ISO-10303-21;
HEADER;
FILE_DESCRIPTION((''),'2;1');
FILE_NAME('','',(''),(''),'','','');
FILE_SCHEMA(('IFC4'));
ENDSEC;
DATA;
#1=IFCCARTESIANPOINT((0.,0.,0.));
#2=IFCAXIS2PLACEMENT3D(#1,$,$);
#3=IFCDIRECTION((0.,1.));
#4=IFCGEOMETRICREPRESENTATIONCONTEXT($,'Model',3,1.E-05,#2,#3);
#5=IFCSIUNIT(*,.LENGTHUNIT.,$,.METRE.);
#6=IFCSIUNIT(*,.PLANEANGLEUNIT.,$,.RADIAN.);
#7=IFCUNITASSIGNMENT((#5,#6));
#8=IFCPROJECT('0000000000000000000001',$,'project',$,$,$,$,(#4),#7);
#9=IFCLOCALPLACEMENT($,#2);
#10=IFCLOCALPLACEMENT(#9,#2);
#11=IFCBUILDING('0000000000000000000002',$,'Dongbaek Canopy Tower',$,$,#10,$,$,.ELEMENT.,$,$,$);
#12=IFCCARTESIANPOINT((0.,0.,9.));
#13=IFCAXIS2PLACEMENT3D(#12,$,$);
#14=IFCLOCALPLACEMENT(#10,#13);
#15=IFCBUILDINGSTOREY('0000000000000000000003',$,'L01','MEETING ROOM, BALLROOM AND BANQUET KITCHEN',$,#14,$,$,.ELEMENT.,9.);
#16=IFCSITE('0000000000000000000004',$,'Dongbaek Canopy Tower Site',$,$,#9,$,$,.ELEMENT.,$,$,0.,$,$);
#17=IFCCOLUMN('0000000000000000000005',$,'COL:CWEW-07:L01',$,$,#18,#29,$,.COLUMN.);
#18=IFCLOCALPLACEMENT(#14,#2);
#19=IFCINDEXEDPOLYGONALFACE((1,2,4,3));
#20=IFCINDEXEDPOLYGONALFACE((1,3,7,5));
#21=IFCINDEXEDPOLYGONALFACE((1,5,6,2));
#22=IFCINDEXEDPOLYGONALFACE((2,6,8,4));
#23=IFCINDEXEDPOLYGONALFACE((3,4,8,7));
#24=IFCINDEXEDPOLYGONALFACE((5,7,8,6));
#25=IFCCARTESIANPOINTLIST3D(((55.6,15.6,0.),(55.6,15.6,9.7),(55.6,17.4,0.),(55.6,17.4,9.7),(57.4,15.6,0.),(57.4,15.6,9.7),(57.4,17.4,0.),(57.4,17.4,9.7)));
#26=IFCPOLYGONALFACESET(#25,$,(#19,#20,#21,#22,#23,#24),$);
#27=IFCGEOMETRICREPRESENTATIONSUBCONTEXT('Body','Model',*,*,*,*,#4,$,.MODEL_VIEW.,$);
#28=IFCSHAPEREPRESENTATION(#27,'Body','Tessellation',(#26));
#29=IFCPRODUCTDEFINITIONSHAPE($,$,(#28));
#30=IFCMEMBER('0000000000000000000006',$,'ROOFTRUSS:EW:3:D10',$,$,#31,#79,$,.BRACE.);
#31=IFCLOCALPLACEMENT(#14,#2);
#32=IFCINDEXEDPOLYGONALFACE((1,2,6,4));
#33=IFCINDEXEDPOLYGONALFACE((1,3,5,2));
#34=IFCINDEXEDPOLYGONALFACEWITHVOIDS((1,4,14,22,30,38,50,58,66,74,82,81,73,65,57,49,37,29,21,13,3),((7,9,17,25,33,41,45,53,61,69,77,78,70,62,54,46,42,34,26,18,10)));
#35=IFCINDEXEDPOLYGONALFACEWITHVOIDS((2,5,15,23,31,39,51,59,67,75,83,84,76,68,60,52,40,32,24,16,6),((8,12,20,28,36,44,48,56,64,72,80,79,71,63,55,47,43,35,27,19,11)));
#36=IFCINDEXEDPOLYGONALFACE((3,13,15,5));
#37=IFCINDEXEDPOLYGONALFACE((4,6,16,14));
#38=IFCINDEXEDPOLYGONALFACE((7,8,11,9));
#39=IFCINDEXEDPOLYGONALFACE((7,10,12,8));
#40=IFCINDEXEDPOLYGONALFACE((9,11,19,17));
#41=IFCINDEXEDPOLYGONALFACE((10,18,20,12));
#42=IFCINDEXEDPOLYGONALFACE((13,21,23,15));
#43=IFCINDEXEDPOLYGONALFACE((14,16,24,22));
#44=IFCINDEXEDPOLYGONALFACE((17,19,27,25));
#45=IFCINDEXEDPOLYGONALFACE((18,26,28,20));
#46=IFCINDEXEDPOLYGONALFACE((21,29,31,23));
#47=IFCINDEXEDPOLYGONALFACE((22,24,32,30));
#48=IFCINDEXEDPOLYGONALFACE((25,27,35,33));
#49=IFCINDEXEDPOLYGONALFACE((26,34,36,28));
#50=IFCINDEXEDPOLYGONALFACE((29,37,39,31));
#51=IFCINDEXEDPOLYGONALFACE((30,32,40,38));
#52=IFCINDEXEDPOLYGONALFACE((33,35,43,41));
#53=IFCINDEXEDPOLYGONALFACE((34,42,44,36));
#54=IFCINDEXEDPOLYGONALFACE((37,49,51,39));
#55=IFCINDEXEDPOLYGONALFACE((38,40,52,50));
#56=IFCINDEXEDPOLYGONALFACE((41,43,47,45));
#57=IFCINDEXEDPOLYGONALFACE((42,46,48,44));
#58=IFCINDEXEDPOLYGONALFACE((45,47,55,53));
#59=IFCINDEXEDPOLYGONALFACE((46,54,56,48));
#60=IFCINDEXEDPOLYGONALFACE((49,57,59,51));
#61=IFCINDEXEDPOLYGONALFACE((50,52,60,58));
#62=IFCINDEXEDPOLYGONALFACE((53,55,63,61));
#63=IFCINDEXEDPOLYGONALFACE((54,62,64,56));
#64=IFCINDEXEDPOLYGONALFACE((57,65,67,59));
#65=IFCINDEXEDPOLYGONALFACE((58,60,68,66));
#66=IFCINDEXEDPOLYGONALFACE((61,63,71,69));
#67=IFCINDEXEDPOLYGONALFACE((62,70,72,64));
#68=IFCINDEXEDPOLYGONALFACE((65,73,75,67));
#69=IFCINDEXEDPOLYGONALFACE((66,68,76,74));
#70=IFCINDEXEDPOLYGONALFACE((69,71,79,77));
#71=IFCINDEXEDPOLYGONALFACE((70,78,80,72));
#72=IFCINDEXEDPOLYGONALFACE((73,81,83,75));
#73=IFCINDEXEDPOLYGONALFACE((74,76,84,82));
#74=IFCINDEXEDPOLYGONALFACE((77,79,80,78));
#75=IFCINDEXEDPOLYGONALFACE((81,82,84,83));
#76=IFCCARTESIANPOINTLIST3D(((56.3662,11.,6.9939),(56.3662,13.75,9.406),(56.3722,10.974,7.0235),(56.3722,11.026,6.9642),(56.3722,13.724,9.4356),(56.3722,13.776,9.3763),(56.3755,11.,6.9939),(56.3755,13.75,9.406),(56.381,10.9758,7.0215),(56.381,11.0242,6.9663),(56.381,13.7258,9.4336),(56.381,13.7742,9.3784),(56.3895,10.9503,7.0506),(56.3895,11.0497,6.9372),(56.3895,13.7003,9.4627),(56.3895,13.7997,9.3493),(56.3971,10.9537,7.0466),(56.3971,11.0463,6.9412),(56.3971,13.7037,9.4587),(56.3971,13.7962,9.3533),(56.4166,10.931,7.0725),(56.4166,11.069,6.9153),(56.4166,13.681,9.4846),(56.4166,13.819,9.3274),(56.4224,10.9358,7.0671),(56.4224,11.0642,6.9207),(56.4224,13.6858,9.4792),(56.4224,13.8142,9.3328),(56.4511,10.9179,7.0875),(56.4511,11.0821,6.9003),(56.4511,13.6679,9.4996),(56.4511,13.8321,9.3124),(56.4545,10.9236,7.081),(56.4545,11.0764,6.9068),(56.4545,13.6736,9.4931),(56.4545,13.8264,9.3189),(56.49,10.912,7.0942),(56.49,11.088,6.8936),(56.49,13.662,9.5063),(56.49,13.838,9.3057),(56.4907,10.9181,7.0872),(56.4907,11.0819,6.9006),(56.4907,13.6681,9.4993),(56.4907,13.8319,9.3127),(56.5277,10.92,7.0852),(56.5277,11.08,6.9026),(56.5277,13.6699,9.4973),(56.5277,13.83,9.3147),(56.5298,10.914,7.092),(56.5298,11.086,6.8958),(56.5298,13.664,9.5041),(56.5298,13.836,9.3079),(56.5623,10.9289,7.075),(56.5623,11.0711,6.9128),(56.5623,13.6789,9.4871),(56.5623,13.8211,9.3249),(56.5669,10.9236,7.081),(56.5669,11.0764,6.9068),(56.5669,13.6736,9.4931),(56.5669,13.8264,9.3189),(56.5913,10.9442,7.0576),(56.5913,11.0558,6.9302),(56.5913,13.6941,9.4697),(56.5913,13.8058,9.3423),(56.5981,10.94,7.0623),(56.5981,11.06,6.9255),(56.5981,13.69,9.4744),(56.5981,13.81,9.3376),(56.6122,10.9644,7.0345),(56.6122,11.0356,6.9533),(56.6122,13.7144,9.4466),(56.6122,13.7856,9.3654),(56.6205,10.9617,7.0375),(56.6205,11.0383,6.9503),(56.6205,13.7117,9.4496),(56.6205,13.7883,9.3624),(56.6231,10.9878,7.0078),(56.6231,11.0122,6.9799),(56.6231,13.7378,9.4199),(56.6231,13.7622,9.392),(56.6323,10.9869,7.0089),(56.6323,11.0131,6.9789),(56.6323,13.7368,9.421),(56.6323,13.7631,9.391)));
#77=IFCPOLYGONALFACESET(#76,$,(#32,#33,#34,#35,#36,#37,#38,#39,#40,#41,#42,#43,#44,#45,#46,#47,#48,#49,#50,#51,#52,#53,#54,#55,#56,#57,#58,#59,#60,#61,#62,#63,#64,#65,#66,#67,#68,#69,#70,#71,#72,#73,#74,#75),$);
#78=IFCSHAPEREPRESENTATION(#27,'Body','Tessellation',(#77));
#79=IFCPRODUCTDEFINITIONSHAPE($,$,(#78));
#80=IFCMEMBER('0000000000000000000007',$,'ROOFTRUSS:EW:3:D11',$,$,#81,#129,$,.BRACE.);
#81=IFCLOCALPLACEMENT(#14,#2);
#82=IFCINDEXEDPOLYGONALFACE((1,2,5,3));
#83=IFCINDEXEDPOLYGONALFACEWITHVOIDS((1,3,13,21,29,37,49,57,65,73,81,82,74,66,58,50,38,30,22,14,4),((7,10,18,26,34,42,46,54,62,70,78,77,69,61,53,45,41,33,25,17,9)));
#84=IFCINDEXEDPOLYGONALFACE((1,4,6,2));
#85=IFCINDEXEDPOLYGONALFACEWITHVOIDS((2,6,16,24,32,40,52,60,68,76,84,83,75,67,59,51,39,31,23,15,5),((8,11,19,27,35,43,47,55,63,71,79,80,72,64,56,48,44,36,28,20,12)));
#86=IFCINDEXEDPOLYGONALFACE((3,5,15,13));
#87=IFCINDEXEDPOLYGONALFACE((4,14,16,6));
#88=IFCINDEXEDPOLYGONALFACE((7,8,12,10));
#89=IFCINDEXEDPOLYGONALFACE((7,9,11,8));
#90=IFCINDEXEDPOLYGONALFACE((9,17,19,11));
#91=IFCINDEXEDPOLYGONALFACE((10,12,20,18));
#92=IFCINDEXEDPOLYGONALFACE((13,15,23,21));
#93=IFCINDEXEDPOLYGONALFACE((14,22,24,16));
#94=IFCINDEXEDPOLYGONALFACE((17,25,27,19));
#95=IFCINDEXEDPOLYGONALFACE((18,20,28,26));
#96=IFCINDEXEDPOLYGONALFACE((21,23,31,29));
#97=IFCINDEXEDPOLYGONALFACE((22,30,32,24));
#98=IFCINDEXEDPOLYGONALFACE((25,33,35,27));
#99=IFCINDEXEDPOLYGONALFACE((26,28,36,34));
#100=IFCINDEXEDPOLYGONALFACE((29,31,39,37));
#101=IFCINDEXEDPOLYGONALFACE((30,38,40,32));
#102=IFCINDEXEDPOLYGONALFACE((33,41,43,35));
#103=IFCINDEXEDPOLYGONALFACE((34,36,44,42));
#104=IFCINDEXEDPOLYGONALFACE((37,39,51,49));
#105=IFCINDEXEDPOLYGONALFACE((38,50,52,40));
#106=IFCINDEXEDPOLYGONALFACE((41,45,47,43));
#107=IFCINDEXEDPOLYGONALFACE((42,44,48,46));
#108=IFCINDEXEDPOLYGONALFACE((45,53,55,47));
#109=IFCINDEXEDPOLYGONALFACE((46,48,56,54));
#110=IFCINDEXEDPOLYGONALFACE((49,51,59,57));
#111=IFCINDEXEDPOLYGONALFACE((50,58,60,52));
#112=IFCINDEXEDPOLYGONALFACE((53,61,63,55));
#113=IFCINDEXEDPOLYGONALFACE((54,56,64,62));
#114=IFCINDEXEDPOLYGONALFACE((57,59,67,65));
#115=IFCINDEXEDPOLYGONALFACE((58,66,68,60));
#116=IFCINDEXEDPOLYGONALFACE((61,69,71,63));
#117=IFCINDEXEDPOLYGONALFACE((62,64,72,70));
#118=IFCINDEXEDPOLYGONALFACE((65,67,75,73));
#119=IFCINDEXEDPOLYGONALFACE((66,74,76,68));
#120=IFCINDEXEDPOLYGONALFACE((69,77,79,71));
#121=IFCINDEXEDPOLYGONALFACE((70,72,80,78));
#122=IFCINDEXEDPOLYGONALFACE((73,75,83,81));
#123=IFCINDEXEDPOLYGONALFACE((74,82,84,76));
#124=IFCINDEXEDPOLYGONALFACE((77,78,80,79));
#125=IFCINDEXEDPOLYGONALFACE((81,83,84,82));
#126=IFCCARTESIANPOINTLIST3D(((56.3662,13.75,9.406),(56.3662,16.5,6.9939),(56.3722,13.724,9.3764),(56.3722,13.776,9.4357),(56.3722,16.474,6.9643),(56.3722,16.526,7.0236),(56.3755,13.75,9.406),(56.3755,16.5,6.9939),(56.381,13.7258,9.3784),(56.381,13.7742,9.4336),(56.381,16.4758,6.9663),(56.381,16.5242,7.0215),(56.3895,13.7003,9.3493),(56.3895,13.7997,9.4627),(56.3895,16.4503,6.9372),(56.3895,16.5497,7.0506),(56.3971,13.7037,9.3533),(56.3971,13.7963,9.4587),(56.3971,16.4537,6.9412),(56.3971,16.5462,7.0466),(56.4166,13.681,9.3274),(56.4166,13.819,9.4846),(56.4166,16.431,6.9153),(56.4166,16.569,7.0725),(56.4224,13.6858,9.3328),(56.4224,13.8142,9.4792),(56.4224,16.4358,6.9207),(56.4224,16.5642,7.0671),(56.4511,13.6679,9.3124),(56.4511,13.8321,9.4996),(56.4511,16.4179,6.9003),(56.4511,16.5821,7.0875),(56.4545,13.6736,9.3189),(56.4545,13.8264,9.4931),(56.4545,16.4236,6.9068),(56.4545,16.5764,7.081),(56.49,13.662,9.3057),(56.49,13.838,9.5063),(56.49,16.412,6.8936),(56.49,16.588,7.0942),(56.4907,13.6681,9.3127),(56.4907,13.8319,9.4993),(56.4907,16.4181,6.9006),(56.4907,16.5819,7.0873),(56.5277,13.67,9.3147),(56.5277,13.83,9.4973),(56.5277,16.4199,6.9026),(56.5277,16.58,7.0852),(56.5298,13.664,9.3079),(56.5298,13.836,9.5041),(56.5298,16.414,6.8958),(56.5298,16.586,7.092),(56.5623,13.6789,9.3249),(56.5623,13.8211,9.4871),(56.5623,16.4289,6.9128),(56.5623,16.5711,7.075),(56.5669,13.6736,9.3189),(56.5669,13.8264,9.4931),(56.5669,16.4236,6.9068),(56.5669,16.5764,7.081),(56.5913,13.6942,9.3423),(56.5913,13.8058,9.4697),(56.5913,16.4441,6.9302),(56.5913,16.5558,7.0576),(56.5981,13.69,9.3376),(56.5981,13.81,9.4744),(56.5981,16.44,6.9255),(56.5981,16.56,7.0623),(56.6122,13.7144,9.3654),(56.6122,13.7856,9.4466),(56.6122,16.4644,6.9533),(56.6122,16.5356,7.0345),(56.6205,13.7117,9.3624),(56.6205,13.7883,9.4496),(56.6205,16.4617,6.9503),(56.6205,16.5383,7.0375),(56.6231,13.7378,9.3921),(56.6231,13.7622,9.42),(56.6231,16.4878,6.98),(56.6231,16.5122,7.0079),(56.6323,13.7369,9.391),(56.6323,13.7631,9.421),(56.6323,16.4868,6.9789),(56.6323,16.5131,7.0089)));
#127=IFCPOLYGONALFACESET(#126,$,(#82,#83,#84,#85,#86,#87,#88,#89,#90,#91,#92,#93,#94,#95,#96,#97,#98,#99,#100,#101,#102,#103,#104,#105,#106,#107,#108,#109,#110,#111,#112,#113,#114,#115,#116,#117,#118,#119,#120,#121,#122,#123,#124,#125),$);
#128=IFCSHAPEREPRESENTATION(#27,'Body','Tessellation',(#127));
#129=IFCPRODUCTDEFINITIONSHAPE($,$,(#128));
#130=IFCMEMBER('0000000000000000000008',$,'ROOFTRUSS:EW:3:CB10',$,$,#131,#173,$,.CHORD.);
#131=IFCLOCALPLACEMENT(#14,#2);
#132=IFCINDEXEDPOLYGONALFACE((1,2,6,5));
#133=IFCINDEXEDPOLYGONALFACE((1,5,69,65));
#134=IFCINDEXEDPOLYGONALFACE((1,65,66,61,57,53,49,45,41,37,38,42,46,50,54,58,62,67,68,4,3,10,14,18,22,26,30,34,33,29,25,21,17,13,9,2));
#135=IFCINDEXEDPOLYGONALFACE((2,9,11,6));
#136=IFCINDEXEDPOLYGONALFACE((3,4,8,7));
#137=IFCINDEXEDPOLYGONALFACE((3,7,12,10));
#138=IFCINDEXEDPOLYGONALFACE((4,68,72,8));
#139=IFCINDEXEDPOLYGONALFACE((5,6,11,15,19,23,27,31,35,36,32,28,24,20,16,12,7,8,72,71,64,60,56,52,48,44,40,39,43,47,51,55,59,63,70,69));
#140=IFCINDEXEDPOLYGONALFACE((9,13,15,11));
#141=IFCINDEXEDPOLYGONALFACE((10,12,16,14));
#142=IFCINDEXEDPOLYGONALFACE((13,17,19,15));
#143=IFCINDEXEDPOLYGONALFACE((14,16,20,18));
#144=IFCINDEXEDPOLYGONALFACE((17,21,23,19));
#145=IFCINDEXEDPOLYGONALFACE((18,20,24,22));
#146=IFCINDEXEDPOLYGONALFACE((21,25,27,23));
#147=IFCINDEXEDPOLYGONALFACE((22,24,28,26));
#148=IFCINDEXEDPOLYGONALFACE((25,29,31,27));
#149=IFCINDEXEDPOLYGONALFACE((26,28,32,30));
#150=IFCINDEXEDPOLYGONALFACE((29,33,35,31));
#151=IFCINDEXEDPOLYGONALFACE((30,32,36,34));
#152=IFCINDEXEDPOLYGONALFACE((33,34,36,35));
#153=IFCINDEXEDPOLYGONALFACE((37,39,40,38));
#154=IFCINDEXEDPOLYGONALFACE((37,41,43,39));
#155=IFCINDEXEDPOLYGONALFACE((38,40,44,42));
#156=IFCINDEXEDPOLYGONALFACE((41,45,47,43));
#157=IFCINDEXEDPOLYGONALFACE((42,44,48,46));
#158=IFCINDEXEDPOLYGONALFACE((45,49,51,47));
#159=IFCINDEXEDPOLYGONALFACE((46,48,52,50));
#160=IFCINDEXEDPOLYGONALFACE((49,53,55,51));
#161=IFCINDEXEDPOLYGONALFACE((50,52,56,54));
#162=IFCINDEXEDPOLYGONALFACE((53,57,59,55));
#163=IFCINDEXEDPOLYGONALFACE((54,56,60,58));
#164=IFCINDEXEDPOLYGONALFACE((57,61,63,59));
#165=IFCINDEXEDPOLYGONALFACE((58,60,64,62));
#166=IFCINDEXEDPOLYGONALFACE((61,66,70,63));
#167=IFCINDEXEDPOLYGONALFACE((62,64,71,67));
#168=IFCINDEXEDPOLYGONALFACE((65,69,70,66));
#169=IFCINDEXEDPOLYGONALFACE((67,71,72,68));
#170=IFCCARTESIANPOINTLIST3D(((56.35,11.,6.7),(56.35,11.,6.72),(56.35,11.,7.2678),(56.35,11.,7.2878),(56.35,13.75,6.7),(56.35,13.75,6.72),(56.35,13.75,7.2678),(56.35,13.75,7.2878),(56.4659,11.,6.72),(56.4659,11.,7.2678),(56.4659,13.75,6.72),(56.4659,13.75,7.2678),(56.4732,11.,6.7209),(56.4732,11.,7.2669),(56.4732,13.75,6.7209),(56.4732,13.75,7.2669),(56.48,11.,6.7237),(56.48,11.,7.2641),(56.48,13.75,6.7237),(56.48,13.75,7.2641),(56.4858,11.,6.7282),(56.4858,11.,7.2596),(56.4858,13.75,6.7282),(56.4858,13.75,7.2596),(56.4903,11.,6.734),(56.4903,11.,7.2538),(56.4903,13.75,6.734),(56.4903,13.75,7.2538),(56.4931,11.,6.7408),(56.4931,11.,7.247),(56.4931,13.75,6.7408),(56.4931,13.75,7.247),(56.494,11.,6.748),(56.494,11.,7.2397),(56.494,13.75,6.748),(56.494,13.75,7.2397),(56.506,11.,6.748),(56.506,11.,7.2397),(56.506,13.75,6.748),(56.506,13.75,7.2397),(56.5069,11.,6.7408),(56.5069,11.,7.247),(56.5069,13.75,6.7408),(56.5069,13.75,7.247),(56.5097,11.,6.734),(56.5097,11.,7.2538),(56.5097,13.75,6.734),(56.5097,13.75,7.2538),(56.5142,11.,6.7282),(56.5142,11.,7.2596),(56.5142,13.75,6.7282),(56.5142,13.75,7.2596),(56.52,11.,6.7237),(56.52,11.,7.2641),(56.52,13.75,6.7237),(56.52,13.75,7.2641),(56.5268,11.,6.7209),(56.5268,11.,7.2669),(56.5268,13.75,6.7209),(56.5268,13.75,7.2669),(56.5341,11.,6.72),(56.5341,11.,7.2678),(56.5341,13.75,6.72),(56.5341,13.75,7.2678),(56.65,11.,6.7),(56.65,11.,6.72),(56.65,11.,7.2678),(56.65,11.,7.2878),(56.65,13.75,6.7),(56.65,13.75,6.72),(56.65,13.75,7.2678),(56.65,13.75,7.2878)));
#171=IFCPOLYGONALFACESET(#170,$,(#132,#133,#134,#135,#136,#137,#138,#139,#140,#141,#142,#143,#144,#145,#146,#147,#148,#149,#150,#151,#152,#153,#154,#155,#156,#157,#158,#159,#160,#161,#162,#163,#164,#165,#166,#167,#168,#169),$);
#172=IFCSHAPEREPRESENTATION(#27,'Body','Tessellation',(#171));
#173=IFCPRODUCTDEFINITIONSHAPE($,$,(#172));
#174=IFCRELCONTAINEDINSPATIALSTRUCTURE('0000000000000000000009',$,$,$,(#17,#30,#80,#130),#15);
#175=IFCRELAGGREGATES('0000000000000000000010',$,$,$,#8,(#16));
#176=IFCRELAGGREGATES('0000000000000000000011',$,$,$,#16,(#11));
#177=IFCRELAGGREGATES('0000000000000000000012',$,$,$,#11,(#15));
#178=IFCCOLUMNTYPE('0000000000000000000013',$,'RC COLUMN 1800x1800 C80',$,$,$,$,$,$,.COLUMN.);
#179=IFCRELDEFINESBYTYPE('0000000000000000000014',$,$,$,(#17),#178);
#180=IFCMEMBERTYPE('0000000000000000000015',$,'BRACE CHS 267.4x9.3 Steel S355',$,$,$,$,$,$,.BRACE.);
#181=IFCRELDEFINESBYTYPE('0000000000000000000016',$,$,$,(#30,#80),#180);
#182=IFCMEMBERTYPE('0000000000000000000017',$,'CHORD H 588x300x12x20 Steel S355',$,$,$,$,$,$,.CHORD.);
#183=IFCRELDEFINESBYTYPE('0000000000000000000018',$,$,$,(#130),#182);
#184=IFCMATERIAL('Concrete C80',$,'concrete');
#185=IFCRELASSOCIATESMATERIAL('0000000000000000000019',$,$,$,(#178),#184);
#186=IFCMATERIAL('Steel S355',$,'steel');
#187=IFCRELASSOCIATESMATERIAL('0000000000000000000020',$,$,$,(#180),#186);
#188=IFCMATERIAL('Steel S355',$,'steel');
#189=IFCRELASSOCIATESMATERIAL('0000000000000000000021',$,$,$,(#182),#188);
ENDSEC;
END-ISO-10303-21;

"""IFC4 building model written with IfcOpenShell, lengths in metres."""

from ifc_helpers import new_model, si_unit, direction, frame, origin, origin_2d, place, context, subcontext, project, spatial, rectangle, hollow_circle, i_section, extrude, material, material_profile, profile_set, type_object, element, save


model = new_model("IFC4")

# Units and contexts
model_context = context("Model", 3, precision=1e-05, world=origin(), true_north=direction((0.0, 1.0)))
body_context = subcontext(model_context, "Body", "Model", "MODEL_VIEW")
ifc_project = project(units=[si_unit("LENGTHUNIT", "METRE"), si_unit("PLANEANGLEUNIT", "RADIAN")], contexts=[model_context])

# Site, building, storey
site_placement = place(None, origin())
site = spatial("IfcSite", under=ifc_project, at=site_placement, Name="Dongbaek Canopy Tower Site", CompositionType="ELEMENT", RefElevation=0.0)
building_placement = place(site_placement, origin())
building = spatial("IfcBuilding", under=site, at=building_placement, Name="Dongbaek Canopy Tower", CompositionType="ELEMENT")
storey_placement = place(building_placement, frame((0.0, 0.0, 9.0)))
storey = spatial("IfcBuildingStorey", under=building, at=storey_placement, Name="L01", Description="MEETING ROOM, BALLROOM AND BANQUET KITCHEN", CompositionType="ELEMENT", Elevation=9.0)

# Column
ifc_material_1 = material(Name="Concrete C80", Category="concrete")
ifc_material_profile_1 = material_profile(ifc_material_1, rectangle(XDim=1.8, YDim=1.8, at=origin_2d()), Name="RC COLUMN 1800x1800 C80")
ifc_profile_set_1 = profile_set([ifc_material_profile_1], Name="Concrete C80")
column_type = type_object("IfcColumnType", Name="RC COLUMN 1800x1800 C80", PredefinedType="COLUMN", material=ifc_profile_set_1)
column_placement = place(storey_placement, frame((56.5, 16.5, 0.0), z_axis=(0.0, 0.0, 1.0), x_axis=(1.0, 0.0, 0.0)))
element("IfcColumn", 1, at=column_placement, inside=storey, type_object=column_type, Name="COL:CWEW-07:L01", PredefinedType="COLUMN", context=body_context, shape_type="SweptSolid", body=[
    extrude(rectangle(XDim=1.8, YDim=1.8, at=origin_2d()), origin(), (0.0, 0.0, 1.0), 9.7),
])

# Members
ifc_material_2 = material(Name="Steel S355", Category="steel")
ifc_material_profile_2 = material_profile(ifc_material_2, hollow_circle(Radius=0.1338, WallThickness=0.0093, at=origin_2d()), Name="BRACE CHS 267.4x9.3 Steel S355")
ifc_profile_set_2 = profile_set([ifc_material_profile_2], Name="Steel S355")
member_type_1 = type_object("IfcMemberType", Name="BRACE CHS 267.4x9.3 Steel S355", PredefinedType="BRACE", material=ifc_profile_set_2)
for number, where, z_axis, x_axis, name in (
    (2, (56.5, 11.0, 6.9939), (0.0, 0.751782, 0.659411), (-1.0, 0.0, 0.0), "ROOFTRUSS:EW:3:D10"),
    (3, (56.5, 13.75, 9.406), (0.0, 0.751782, -0.659411), (-1.0, 0.0, 0.0), "ROOFTRUSS:EW:3:D11"),
):
    element("IfcMember", number, at=place(storey_placement, frame(where, z_axis=z_axis, x_axis=x_axis)), inside=storey, type_object=member_type_1, Name=name, PredefinedType="BRACE", context=body_context, shape_type="SweptSolid", body=[
        extrude(hollow_circle(Radius=0.1338, WallThickness=0.0093, at=origin_2d()), origin(), (0.0, 0.0, 1.0), 3.658),
    ])
ifc_material_3 = material(Name="Steel S355", Category="steel")
ifc_material_profile_3 = material_profile(ifc_material_3, i_section(OverallWidth=0.3, OverallDepth=0.5879, WebThickness=0.012, FlangeThickness=0.02, FilletRadius=0.0281, at=origin_2d()), Name="CHORD H 588x300x12x20 Steel S355")
ifc_profile_set_3 = profile_set([ifc_material_profile_3], Name="Steel S355")
member_type_2 = type_object("IfcMemberType", Name="CHORD H 588x300x12x20 Steel S355", PredefinedType="CHORD", material=ifc_profile_set_3)
for number, where, z_axis, x_axis, name in (
    (4, (56.5, 11.0, 6.9939), (0.0, 1.0, 0.0), (-1.0, 0.0, 0.0), "ROOFTRUSS:EW:3:CB10"),
):
    element("IfcMember", number, at=place(storey_placement, frame(where, z_axis=z_axis, x_axis=x_axis)), inside=storey, type_object=member_type_2, Name=name, PredefinedType="CHORD", context=body_context, shape_type="SweptSolid", body=[
        extrude(i_section(OverallWidth=0.3, OverallDepth=0.5879, WebThickness=0.012, FlangeThickness=0.02, FilletRadius=0.0281, at=origin_2d()), origin(), (0.0, 0.0, 1.0), 2.75),
    ])

save(model, "model.ifc")
